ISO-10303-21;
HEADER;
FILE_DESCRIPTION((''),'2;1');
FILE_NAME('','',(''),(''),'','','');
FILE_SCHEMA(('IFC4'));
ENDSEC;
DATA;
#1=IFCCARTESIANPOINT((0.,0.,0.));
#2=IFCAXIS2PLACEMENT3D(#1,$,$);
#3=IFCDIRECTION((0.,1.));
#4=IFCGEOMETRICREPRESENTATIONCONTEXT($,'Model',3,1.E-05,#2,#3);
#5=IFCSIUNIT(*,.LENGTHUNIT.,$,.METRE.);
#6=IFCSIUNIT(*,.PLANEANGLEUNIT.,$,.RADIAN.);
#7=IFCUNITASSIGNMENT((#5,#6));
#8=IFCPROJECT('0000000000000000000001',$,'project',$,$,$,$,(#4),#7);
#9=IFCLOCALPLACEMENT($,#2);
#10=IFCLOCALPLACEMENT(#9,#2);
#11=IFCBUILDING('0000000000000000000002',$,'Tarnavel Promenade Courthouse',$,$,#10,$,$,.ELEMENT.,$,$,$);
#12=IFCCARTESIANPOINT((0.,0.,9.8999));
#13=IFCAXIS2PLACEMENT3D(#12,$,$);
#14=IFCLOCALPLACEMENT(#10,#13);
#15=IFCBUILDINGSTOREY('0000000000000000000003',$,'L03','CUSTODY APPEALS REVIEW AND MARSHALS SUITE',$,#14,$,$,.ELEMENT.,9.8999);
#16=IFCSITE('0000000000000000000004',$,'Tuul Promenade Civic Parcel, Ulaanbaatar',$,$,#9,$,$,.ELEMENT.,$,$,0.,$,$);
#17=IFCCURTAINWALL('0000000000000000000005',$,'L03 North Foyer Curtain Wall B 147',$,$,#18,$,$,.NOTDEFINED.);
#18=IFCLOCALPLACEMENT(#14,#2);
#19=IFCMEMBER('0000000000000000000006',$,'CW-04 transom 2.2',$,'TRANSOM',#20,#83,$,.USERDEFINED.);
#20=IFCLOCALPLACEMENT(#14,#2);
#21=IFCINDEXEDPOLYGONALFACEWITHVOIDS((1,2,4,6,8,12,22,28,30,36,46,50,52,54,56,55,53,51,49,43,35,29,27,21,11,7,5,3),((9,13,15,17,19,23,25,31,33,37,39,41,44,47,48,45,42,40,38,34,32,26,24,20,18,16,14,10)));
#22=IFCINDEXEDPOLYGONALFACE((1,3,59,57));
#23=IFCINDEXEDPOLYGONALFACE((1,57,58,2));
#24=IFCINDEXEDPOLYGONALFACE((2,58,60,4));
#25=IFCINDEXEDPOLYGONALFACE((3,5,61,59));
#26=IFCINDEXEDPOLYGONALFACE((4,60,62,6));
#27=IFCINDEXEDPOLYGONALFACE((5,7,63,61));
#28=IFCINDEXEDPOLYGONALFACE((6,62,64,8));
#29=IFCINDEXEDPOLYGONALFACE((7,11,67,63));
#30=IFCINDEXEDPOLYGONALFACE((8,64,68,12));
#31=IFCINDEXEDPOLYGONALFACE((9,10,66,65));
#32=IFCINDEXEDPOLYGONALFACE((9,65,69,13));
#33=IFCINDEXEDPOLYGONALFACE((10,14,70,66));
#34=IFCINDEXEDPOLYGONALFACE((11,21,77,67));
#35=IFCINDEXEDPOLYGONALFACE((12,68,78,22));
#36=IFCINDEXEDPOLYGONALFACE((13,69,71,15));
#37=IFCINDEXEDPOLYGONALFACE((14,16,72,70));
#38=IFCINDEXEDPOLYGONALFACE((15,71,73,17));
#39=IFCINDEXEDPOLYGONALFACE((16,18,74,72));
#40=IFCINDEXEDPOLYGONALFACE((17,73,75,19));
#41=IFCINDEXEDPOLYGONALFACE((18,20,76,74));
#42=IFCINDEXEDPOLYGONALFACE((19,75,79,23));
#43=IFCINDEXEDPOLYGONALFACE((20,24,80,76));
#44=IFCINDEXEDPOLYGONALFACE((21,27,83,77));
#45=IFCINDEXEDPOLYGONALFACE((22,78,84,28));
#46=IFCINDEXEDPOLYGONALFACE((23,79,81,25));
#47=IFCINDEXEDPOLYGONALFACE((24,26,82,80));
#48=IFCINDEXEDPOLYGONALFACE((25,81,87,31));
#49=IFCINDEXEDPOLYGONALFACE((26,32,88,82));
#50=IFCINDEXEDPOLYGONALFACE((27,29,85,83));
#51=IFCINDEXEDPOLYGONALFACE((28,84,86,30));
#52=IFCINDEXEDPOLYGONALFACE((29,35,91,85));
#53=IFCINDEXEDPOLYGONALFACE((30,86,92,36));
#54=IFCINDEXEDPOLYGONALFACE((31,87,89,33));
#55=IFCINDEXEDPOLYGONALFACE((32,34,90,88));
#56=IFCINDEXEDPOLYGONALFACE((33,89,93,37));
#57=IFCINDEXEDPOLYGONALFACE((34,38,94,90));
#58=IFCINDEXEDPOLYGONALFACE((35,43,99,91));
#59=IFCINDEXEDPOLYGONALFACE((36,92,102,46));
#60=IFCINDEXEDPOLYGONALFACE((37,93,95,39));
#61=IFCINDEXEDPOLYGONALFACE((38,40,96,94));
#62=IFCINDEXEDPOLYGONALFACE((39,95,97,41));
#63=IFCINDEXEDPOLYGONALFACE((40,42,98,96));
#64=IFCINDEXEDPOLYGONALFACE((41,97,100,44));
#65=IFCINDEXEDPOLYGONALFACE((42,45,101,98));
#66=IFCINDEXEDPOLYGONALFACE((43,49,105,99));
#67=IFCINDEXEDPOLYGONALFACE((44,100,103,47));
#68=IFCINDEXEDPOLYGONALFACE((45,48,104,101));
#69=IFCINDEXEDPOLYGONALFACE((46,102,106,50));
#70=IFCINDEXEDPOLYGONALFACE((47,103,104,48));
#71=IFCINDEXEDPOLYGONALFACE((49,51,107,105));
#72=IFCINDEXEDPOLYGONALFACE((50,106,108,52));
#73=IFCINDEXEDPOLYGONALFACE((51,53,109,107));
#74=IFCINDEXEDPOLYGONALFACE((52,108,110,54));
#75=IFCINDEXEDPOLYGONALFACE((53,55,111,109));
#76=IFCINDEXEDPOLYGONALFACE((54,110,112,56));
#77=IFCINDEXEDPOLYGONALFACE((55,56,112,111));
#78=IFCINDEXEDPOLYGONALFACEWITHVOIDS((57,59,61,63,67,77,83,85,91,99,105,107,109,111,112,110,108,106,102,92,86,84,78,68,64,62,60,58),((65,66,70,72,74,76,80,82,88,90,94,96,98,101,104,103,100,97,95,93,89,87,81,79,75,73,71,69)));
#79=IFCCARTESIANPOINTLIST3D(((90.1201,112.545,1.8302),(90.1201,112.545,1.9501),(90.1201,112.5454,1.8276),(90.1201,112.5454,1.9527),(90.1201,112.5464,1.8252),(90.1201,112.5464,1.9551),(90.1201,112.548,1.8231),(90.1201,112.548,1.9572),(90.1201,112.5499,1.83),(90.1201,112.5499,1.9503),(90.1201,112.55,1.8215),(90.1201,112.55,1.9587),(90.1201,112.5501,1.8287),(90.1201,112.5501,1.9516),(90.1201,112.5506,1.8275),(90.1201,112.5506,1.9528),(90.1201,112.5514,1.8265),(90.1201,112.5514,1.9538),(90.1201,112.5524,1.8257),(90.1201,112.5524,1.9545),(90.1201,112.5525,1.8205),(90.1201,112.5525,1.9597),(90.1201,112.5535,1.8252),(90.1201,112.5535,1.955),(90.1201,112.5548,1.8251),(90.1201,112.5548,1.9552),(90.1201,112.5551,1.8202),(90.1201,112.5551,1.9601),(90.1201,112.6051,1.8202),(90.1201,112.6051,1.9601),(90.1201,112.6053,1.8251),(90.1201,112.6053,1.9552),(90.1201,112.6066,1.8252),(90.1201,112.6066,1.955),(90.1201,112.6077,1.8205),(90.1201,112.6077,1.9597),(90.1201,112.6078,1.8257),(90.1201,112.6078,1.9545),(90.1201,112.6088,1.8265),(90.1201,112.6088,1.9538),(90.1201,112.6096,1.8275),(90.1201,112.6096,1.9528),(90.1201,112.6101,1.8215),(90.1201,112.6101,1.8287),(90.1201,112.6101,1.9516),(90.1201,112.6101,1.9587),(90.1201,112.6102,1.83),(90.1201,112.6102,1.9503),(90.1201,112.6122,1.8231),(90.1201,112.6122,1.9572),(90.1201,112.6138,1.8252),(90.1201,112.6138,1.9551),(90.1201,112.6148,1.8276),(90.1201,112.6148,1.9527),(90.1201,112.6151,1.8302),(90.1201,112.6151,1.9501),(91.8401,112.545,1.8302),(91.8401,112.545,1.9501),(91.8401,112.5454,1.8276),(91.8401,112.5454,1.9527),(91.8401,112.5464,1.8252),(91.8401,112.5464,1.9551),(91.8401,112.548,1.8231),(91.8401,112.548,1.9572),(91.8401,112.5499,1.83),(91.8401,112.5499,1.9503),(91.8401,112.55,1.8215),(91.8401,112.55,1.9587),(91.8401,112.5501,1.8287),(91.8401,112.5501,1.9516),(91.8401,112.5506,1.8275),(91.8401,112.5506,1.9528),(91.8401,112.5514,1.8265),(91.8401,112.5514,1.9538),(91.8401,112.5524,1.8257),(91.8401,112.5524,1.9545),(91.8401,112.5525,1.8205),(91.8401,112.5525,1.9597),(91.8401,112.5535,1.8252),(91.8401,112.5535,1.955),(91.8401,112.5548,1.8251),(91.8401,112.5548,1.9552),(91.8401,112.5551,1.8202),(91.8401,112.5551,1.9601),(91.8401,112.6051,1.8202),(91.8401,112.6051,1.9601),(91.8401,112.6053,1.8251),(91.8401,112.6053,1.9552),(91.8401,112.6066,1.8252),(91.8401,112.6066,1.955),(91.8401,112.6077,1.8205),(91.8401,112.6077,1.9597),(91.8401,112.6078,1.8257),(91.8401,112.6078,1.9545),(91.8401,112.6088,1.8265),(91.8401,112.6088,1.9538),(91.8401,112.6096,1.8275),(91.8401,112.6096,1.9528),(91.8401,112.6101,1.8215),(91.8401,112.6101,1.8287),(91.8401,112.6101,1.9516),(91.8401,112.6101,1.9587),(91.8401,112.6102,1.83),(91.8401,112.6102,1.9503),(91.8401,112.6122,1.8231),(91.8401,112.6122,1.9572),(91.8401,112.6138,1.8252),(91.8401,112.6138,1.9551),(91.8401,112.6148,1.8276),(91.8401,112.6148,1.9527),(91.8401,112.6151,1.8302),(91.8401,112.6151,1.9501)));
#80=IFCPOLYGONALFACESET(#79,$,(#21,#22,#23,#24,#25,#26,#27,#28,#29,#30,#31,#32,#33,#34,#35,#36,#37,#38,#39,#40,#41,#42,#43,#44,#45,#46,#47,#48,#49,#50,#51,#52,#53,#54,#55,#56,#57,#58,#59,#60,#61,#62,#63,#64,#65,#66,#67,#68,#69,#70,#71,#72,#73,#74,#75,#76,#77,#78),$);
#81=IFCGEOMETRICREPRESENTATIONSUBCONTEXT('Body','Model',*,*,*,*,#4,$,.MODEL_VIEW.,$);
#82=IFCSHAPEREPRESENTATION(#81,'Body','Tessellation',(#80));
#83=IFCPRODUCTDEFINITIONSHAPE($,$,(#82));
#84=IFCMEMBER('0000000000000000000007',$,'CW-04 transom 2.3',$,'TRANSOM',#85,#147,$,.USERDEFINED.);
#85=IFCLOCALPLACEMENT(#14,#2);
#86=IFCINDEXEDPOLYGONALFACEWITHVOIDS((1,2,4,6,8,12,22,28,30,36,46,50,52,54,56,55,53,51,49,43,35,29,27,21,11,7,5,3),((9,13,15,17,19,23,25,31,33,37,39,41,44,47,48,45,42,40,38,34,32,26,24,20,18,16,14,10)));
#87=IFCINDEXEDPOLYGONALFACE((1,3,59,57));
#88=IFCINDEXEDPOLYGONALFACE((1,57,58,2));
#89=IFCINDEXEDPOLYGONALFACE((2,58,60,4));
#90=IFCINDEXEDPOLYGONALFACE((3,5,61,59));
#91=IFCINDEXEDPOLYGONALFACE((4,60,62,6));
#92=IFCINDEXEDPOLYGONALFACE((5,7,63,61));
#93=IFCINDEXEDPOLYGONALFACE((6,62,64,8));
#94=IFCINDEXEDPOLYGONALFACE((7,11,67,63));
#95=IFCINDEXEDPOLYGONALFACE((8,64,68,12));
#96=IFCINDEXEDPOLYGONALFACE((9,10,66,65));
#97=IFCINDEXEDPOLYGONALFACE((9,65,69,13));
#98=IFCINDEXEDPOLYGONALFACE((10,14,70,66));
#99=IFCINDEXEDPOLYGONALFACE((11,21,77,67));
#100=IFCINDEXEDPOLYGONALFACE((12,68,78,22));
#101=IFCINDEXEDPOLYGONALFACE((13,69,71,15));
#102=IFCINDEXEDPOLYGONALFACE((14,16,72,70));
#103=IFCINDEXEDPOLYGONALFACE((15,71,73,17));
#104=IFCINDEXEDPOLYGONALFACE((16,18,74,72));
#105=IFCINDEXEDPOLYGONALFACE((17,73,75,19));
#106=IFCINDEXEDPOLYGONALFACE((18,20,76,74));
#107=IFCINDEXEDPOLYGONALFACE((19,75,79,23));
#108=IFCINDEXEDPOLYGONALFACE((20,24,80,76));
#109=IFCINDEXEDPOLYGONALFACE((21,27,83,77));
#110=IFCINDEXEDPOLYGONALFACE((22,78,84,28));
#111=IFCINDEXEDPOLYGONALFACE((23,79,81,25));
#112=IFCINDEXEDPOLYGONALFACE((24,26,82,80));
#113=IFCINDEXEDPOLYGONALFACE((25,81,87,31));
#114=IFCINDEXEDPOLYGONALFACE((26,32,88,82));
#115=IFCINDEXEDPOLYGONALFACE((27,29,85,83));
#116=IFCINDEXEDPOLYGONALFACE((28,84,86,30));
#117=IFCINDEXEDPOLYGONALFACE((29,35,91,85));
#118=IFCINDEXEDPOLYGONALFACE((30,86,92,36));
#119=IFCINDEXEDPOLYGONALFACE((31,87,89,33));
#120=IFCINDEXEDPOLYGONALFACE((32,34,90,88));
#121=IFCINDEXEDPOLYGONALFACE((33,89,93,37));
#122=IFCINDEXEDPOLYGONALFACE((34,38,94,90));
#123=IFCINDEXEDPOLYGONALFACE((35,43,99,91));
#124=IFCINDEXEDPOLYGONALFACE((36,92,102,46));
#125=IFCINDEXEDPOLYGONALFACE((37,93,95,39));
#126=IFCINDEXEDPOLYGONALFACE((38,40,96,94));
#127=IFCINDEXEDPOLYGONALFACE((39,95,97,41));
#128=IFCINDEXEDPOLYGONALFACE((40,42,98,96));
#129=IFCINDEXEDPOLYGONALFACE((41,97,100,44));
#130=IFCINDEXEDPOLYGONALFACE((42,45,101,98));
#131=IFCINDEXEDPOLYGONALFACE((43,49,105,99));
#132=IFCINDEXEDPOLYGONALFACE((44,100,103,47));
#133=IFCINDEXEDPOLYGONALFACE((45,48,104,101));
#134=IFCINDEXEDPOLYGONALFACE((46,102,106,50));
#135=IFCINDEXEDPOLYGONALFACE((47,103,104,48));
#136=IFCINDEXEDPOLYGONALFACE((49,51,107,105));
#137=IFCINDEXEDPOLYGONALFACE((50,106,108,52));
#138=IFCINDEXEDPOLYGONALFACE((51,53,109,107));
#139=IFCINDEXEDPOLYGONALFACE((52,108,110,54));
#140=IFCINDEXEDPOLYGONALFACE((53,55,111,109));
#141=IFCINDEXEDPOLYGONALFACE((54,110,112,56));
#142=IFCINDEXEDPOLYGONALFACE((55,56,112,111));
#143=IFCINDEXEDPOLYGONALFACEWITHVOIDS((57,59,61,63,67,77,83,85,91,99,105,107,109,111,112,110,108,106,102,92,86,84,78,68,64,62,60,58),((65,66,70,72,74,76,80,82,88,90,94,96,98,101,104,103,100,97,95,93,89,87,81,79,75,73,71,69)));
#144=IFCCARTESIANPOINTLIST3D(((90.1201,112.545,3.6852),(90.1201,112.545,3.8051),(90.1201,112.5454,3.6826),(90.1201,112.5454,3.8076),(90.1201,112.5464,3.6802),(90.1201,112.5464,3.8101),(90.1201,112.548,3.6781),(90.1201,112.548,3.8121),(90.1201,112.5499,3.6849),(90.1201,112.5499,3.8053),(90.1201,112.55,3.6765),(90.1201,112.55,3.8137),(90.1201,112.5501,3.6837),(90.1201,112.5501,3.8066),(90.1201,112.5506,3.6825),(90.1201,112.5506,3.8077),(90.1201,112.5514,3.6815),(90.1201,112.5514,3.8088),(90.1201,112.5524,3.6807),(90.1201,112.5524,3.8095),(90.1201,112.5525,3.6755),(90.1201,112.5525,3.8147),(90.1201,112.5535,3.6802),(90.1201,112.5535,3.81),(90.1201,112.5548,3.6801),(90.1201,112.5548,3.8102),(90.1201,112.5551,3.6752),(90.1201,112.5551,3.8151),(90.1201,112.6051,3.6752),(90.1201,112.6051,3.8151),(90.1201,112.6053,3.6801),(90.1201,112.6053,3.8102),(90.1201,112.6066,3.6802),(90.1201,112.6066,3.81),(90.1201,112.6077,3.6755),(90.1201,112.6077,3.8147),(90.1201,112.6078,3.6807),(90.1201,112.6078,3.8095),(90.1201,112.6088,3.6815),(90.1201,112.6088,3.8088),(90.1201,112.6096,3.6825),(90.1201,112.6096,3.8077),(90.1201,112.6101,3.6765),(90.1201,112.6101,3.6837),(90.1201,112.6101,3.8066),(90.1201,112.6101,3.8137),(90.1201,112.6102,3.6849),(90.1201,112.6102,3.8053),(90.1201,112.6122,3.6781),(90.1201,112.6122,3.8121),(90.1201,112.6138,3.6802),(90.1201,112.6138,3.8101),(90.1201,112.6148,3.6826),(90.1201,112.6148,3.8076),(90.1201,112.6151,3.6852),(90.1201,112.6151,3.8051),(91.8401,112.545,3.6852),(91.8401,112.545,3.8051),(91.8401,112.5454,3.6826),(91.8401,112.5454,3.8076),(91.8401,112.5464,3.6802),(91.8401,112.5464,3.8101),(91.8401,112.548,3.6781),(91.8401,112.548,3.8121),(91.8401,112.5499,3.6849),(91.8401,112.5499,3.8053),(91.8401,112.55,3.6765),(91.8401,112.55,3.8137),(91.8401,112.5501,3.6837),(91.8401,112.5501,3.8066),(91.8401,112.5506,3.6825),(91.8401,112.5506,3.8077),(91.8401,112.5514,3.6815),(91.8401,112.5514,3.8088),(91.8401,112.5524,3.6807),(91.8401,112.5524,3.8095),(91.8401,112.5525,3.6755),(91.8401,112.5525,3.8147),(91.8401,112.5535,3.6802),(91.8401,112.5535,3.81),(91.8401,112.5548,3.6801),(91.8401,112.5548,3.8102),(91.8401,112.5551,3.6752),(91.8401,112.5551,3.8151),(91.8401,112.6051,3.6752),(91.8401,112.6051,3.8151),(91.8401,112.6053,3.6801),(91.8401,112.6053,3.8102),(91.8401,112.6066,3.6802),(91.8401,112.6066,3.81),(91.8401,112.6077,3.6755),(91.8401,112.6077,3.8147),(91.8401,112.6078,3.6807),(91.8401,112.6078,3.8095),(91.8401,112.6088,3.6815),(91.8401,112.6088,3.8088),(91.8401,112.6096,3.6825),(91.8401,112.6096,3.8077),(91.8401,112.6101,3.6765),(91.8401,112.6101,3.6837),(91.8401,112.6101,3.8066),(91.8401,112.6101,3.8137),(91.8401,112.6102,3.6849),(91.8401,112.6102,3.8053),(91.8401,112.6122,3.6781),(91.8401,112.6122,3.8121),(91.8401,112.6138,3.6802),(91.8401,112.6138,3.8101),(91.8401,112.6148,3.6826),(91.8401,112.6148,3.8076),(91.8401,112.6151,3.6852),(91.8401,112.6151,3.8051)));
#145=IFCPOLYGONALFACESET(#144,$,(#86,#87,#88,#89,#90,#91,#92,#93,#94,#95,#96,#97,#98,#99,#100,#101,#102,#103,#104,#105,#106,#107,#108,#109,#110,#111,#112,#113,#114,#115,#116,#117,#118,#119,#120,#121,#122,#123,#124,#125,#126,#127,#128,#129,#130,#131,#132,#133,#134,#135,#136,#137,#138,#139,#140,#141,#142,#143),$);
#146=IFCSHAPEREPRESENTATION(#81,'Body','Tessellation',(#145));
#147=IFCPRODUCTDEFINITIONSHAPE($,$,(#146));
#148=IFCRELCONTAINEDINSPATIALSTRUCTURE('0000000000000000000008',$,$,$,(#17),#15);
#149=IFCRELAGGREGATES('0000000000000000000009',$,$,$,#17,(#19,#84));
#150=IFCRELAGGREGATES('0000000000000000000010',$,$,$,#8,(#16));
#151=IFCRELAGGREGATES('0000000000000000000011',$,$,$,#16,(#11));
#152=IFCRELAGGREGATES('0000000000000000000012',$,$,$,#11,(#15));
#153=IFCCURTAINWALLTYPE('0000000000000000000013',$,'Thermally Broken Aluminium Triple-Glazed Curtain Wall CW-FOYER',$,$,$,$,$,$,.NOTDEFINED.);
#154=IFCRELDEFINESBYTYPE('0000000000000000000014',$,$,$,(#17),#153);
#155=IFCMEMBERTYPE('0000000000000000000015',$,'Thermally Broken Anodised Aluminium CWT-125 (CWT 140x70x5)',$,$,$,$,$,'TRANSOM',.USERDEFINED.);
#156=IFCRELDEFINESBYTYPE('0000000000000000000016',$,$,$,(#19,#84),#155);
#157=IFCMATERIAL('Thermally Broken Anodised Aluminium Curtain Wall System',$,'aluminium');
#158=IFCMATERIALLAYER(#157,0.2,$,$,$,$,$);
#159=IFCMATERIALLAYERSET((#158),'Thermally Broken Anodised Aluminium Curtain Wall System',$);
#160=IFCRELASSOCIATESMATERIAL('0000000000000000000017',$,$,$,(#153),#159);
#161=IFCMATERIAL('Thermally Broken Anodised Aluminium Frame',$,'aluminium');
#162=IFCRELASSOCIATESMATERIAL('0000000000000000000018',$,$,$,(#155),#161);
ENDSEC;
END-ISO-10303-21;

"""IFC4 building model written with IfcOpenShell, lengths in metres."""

from ifc_helpers import new_model, si_unit, direction, frame, origin, origin_2d, place, context, subcontext, project, spatial, hollow_rectangle, extrude, material, layer, layer_set, material_profile, profile_set, type_object, element, aggregate, save


model = new_model("IFC4")

# Units and contexts
model_context = context("Model", 3, precision=1e-05, world=origin(), true_north=direction((0.0, 1.0)))
body_context = subcontext(model_context, "Body", "Model", "MODEL_VIEW")
ifc_project = project(units=[si_unit("LENGTHUNIT", "METRE"), si_unit("PLANEANGLEUNIT", "RADIAN")], contexts=[model_context])

# Site, building, storey
site_placement = place(None, origin())
site = spatial("IfcSite", under=ifc_project, at=site_placement, Name="Tuul Promenade Civic Parcel, Ulaanbaatar", CompositionType="ELEMENT", RefElevation=0.0)
building_placement = place(site_placement, origin())
building = spatial("IfcBuilding", under=site, at=building_placement, Name="Tarnavel Promenade Courthouse", CompositionType="ELEMENT")
storey_placement = place(building_placement, frame((0.0, 0.0, 9.8999)))
storey = spatial("IfcBuildingStorey", under=building, at=storey_placement, Name="L03", Description="CUSTODY APPEALS REVIEW AND MARSHALS SUITE", CompositionType="ELEMENT", Elevation=9.8999)

# Curtain wall
ifc_material_1 = material(Name="Thermally Broken Anodised Aluminium Curtain Wall System", Category="aluminium")
ifc_layer_1 = layer(ifc_material_1, 0.2)
ifc_layer_set_1 = layer_set([ifc_layer_1], Name="Thermally Broken Anodised Aluminium Curtain Wall System")
curtain_wall_type = type_object("IfcCurtainWallType", Name="Thermally Broken Aluminium Triple-Glazed Curtain Wall CW-FOYER", PredefinedType="NOTDEFINED", material=ifc_layer_set_1)
curtain_wall_1_placement = place(storey_placement, origin())
curtain_wall_1 = element("IfcCurtainWall", 1, at=curtain_wall_1_placement, inside=storey, type_object=curtain_wall_type, Name="L03 North Foyer Curtain Wall B 147", PredefinedType="NOTDEFINED")
ifc_material_2 = material(Name="Thermally Broken Anodised Aluminium Frame", Category="aluminium")

# Members
ifc_material_profile_1 = material_profile(ifc_material_2, hollow_rectangle(XDim=0.0701, YDim=0.1399, WallThickness=0.0049, InnerFilletRadius=0.0049, OuterFilletRadius=0.01, at=origin_2d()), Name="CWT 140x70x5")
ifc_profile_set_1 = profile_set([ifc_material_profile_1], Name="Thermally Broken Anodised Aluminium Frame")
member_type_1 = type_object("IfcMemberType", Name="Thermally Broken Anodised Aluminium CWT-125 (CWT 140x70x5)", ElementType="TRANSOM", PredefinedType="USERDEFINED", material=ifc_profile_set_1)
member_1_placement = place(storey_placement, frame((90.1201, 112.5801, 1.8901), z_axis=(1.0, 0.0, 0.0), x_axis=(0.0, 1.0, 0.0)))
member_1 = element("IfcMember", 2, at=member_1_placement, type_object=member_type_1, Name="CW-04 transom 2.2", ObjectType="TRANSOM", PredefinedType="USERDEFINED", context=body_context, shape_type="SweptSolid", body=[
    extrude(hollow_rectangle(XDim=0.0701, YDim=0.1399, WallThickness=0.0049, InnerFilletRadius=0.0049, OuterFilletRadius=0.01, at=origin_2d()), origin(), (0.0, 0.0, 1.0), 1.72),
])
member_2_placement = place(storey_placement, frame((90.1201, 112.5801, 3.7451), z_axis=(1.0, 0.0, 0.0), x_axis=(0.0, 1.0, 0.0)))
member_2 = element("IfcMember", 3, at=member_2_placement, type_object=member_type_1, Name="CW-04 transom 2.3", ObjectType="TRANSOM", PredefinedType="USERDEFINED", context=body_context, shape_type="SweptSolid", body=[
    extrude(hollow_rectangle(XDim=0.0701, YDim=0.1399, WallThickness=0.0049, InnerFilletRadius=0.0049, OuterFilletRadius=0.01, at=origin_2d()), origin(), (0.0, 0.0, 1.0), 1.72),
])

aggregate(curtain_wall_1, [member_1, member_2])

save(model, "model.ifc")
